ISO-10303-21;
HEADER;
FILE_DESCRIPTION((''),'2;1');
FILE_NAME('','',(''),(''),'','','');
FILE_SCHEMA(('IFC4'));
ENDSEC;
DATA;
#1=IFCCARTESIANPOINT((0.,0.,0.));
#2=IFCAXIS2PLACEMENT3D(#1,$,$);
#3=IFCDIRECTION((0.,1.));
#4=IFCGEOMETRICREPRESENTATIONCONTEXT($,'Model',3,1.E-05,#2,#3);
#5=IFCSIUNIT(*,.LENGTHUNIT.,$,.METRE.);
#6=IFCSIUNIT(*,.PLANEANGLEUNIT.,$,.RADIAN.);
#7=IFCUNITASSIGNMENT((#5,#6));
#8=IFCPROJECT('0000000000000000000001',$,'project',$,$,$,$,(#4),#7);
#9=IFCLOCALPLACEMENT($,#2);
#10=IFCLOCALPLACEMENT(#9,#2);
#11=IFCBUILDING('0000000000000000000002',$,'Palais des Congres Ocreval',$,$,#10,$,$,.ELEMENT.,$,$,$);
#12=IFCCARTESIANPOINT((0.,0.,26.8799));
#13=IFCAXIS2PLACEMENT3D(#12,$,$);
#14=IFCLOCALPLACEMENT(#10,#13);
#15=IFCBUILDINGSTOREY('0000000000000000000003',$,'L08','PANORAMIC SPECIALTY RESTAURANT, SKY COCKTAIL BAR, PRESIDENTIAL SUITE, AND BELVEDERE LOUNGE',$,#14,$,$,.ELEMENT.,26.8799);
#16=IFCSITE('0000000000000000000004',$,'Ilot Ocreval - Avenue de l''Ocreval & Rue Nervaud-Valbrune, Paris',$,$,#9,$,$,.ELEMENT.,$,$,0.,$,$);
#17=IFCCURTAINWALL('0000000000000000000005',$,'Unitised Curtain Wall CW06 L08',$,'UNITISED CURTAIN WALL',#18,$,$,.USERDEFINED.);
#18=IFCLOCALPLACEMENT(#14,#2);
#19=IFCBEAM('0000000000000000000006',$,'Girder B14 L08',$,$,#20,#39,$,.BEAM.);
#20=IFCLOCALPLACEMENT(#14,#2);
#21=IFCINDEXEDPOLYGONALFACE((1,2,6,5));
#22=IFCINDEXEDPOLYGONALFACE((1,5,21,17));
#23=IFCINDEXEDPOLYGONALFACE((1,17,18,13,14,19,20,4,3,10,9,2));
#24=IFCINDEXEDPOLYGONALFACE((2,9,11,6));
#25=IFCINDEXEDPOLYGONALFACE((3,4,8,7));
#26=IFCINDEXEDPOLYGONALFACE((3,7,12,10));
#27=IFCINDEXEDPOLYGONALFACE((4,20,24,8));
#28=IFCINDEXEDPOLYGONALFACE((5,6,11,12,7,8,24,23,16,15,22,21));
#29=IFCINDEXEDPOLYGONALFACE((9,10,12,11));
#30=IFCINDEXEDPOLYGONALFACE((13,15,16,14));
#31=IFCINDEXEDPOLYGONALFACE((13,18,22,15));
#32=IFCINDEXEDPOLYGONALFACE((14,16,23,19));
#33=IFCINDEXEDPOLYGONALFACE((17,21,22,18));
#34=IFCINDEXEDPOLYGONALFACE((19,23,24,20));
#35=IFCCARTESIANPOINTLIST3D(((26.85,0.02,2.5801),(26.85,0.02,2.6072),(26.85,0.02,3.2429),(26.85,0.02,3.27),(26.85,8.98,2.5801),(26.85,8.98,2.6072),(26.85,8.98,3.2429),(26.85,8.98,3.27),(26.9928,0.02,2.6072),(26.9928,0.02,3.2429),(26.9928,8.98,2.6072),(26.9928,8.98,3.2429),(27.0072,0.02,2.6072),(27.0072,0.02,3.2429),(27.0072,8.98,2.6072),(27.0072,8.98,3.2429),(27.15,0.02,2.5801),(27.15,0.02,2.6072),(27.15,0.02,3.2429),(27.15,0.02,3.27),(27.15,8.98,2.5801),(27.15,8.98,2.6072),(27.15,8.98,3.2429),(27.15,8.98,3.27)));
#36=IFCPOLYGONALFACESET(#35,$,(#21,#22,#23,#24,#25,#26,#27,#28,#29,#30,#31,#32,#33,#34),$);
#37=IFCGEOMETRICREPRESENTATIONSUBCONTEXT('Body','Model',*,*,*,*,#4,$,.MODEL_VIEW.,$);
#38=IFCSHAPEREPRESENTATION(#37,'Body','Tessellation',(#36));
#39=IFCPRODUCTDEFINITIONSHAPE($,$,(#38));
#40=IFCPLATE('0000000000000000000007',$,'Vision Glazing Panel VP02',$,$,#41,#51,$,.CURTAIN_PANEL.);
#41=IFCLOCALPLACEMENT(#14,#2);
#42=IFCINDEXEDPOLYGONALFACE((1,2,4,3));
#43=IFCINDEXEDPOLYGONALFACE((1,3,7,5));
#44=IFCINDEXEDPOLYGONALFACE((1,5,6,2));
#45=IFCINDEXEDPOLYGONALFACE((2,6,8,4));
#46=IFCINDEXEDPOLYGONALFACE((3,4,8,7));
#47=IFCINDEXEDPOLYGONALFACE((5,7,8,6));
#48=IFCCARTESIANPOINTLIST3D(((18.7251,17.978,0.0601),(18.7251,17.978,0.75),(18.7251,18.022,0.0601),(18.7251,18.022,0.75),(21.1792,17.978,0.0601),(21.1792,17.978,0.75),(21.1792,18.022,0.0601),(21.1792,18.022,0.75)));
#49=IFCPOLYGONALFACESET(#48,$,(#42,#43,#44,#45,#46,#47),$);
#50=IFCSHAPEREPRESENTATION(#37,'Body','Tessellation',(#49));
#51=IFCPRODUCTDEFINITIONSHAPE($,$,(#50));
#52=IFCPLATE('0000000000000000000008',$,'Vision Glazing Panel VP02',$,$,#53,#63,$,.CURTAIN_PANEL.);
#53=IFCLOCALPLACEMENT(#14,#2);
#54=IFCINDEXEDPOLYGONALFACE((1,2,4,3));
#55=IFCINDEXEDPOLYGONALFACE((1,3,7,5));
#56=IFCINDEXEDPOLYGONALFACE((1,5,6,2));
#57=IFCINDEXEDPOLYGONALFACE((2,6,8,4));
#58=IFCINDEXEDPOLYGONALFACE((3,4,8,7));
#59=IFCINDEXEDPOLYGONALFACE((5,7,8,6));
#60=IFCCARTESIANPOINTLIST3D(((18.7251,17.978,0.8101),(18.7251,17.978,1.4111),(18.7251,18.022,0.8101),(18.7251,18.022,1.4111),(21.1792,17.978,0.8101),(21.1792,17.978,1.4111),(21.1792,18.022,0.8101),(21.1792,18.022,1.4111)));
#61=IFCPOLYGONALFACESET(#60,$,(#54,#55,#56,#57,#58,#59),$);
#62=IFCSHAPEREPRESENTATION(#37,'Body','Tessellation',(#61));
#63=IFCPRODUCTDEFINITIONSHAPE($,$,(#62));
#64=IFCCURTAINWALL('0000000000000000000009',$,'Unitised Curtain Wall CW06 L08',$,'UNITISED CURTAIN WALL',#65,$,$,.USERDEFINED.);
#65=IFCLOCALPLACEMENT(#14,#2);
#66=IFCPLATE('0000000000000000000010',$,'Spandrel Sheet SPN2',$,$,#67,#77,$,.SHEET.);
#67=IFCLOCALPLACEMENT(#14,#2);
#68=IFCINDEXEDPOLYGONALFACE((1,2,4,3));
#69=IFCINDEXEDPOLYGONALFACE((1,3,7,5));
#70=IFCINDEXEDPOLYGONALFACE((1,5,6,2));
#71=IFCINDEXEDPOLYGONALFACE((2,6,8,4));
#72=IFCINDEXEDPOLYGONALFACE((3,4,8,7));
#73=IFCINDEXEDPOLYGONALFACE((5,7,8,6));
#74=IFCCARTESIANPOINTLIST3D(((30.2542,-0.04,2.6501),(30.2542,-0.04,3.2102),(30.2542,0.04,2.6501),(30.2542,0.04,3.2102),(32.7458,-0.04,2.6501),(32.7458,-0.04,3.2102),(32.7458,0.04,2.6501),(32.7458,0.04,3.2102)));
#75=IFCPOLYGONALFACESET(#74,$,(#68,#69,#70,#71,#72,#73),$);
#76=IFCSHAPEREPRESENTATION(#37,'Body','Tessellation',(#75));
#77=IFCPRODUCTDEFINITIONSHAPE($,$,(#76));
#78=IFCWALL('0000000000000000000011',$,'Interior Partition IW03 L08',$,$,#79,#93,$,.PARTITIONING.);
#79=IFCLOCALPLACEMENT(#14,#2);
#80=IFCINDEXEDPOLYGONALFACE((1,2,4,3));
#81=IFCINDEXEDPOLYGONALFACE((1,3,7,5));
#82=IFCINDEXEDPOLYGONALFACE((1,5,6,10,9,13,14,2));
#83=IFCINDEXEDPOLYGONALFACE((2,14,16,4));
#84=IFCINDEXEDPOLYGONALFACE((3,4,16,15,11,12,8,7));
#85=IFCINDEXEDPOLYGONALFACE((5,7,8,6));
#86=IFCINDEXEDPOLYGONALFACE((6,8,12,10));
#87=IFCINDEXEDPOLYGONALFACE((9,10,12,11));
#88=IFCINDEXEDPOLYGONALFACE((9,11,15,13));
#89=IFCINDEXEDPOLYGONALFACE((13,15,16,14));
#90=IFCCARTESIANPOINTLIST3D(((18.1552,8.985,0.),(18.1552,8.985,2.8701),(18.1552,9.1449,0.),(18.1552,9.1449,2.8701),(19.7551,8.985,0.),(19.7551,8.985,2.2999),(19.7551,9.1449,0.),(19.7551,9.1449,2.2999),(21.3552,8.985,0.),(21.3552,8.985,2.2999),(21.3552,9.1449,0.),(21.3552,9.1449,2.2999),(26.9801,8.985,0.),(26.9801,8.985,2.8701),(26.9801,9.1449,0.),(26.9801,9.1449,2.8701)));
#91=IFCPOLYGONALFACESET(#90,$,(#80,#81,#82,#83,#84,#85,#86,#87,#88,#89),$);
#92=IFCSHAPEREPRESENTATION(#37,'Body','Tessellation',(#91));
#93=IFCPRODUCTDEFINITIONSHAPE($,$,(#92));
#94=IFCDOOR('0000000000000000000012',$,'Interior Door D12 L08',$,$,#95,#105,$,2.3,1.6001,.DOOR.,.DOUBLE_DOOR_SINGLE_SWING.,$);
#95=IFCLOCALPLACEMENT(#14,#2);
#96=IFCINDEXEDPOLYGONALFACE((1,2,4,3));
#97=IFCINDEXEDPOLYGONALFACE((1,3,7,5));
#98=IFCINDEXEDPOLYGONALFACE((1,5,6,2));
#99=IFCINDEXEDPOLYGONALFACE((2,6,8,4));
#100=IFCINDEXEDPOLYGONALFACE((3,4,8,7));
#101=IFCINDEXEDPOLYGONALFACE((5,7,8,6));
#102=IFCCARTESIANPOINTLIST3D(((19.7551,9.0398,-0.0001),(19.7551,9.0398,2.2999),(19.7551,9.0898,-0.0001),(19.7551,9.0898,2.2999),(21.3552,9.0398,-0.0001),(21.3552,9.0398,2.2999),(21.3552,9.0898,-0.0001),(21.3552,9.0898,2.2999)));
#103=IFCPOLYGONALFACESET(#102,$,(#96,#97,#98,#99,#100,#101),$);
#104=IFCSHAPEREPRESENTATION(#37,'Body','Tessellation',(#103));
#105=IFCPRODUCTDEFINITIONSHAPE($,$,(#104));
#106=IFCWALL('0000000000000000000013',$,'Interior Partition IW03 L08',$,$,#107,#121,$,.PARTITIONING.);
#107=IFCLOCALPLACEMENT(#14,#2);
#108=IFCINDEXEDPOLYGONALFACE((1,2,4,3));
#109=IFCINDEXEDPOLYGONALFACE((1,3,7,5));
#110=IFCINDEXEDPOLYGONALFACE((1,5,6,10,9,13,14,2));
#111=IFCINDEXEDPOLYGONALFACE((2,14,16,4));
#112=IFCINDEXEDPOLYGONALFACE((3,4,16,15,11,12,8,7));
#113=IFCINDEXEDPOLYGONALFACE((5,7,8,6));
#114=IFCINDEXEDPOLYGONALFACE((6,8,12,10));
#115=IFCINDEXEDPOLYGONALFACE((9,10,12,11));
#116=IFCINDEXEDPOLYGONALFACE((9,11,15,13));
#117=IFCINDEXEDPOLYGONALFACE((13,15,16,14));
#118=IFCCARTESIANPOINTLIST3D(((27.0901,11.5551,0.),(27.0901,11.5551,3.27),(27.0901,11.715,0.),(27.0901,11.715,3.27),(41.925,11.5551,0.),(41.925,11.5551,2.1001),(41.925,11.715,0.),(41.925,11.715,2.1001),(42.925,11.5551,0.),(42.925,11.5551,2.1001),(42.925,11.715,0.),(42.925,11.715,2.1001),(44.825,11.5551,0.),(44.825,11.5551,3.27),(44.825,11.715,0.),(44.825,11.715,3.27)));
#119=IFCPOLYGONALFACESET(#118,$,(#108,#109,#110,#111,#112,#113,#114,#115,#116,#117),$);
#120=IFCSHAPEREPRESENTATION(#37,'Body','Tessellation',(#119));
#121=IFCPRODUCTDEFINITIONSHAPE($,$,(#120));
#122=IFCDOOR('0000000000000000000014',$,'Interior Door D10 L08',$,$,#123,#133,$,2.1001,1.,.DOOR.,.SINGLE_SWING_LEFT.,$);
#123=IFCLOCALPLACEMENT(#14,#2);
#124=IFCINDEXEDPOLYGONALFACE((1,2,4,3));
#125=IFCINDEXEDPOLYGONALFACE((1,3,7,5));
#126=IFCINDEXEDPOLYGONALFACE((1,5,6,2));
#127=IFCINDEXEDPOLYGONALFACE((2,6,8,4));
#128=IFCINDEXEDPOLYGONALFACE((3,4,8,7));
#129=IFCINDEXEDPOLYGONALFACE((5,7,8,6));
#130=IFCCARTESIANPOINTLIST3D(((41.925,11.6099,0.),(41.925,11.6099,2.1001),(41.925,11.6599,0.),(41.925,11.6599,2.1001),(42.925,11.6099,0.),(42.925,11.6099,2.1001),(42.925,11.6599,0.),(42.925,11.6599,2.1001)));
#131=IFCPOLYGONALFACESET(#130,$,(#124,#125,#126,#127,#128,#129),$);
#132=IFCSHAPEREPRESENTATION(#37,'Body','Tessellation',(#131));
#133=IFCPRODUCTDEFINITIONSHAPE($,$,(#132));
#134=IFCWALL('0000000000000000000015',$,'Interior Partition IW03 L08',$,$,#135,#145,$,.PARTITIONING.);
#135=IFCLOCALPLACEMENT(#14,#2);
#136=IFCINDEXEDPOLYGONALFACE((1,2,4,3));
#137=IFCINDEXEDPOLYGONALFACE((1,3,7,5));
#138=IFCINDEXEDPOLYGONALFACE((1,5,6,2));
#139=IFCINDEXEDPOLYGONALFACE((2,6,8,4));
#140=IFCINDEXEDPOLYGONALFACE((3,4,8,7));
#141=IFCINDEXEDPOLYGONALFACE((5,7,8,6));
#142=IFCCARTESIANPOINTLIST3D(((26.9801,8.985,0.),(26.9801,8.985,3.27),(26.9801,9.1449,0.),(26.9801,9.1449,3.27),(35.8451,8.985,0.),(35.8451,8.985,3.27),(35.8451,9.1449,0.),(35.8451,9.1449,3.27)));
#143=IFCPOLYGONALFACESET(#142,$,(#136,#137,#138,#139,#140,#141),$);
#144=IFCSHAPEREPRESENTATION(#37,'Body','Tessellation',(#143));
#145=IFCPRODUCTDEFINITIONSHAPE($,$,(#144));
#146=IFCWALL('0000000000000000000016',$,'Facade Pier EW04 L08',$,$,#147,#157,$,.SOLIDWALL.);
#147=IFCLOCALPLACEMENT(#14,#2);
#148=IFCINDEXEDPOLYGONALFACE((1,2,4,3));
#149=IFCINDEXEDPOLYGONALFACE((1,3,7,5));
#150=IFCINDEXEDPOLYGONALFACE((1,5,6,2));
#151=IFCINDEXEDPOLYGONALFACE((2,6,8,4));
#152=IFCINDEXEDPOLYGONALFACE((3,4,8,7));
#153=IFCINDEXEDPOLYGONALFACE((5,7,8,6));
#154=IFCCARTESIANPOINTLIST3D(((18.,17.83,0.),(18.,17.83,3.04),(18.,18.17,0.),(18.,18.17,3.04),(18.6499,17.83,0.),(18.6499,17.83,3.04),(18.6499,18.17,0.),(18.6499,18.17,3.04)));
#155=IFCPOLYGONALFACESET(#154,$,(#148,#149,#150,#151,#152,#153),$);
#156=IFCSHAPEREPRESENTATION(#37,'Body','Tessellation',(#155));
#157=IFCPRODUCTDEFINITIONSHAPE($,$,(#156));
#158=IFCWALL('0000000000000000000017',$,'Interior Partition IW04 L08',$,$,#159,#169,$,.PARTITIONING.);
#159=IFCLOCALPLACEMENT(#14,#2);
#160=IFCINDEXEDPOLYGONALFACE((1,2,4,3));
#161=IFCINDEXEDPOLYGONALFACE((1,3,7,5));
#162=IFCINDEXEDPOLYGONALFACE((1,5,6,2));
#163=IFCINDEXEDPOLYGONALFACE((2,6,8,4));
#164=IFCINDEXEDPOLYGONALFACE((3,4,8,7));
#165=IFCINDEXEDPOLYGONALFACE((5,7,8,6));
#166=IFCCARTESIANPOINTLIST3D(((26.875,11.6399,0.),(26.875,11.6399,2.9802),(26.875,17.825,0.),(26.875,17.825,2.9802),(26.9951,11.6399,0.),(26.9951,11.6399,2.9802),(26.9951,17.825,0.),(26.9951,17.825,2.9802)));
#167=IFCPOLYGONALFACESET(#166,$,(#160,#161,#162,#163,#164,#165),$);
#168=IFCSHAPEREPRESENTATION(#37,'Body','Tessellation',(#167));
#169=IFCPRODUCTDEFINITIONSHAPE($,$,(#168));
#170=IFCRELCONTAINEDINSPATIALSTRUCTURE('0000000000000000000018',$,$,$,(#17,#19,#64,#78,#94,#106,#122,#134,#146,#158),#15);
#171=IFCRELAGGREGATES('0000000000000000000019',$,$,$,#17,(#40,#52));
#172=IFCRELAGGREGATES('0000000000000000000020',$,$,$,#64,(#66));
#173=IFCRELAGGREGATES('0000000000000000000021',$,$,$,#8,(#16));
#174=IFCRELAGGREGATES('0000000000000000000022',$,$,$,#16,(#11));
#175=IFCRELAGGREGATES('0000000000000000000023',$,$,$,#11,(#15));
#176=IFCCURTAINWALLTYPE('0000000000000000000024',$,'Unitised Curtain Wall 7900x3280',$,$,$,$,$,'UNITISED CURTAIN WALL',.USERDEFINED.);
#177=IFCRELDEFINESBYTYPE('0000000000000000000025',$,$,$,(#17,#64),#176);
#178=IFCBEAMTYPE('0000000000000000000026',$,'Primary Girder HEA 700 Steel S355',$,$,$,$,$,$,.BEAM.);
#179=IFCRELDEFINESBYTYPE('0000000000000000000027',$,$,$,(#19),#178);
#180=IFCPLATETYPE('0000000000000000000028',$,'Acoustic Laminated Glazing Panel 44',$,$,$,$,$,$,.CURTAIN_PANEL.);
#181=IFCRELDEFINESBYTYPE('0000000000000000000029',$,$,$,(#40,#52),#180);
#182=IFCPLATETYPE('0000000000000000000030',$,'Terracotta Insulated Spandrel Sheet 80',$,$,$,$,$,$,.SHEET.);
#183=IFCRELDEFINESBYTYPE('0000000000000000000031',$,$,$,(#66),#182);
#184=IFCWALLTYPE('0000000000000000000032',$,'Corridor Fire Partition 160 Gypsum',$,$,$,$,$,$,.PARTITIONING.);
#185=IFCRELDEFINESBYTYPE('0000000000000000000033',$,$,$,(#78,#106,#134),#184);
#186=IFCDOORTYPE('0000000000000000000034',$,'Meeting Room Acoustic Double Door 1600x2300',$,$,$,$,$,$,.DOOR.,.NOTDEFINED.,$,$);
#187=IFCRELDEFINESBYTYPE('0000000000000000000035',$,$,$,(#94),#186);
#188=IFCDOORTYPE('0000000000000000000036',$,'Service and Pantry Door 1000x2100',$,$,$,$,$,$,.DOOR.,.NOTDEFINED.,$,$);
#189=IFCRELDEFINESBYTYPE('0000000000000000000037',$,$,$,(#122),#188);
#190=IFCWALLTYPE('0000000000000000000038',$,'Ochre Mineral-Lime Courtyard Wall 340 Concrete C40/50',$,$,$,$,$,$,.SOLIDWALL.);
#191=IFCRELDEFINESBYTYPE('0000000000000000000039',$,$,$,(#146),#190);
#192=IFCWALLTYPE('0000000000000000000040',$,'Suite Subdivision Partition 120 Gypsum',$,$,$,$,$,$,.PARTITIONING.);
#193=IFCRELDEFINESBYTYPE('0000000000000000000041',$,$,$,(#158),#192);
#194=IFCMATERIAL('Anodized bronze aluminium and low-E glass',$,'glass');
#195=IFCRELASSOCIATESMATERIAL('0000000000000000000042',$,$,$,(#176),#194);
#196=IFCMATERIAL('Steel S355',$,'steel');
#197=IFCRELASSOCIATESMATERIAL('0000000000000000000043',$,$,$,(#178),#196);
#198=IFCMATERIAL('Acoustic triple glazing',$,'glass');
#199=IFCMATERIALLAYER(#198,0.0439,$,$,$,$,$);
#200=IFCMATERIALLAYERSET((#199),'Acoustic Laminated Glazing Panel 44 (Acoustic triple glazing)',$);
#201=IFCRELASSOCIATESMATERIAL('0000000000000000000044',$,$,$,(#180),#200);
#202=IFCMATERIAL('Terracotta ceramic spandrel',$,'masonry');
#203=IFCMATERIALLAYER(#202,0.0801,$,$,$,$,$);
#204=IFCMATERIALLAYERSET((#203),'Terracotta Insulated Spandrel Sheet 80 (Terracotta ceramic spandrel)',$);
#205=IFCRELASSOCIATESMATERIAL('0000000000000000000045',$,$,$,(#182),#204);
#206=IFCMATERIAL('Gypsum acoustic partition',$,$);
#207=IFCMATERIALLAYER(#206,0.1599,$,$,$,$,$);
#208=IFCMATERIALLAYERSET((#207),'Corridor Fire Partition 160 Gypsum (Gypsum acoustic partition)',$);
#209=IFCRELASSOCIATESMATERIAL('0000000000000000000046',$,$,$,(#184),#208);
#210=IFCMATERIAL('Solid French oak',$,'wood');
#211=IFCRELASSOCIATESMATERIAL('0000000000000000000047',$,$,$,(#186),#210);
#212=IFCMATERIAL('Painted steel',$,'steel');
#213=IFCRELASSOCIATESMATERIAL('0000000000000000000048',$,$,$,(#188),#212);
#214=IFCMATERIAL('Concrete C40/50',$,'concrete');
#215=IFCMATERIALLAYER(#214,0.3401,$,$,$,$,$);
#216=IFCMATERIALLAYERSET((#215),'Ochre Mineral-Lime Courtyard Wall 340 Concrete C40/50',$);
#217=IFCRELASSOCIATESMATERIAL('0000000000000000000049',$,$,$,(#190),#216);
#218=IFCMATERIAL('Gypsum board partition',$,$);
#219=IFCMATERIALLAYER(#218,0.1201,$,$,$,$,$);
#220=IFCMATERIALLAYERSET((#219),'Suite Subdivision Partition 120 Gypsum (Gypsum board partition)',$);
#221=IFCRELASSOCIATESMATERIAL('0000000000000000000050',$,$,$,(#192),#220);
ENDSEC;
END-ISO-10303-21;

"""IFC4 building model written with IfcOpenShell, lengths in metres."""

from ifc_helpers import new_model, si_unit, direction, frame, frame_2d, origin, origin_2d, place, context, subcontext, project, spatial, rectangle, i_section, extrude, material, layer, layer_set, material_profile, profile_set, type_object, element, fill, aggregate, save


model = new_model("IFC4")

# Units and contexts
model_context = context("Model", 3, precision=1e-05, world=origin(), true_north=direction((0.0, 1.0)))
body_context = subcontext(model_context, "Body", "Model", "MODEL_VIEW")
ifc_project = project(units=[si_unit("LENGTHUNIT", "METRE"), si_unit("PLANEANGLEUNIT", "RADIAN")], contexts=[model_context])

# Site, building, storey
site_placement = place(None, origin())
site = spatial("IfcSite", under=ifc_project, at=site_placement, Name="Ilot Ocreval - Avenue de l'Ocreval & Rue Nervaud-Valbrune, Paris", CompositionType="ELEMENT", RefElevation=0.0)
building_placement = place(site_placement, origin())
building = spatial("IfcBuilding", under=site, at=building_placement, Name="Palais des Congres Ocreval", CompositionType="ELEMENT")
storey_placement = place(building_placement, frame((0.0, 0.0, 26.8799)))
storey = spatial("IfcBuildingStorey", under=building, at=storey_placement, Name="L08", Description="PANORAMIC SPECIALTY RESTAURANT, SKY COCKTAIL BAR, PRESIDENTIAL SUITE, AND BELVEDERE LOUNGE", CompositionType="ELEMENT", Elevation=26.8799)

# Shared definitions
ifc_material_1 = material(Name="Steel S355", Category="steel")

# Curtain wall
ifc_material_2 = material(Name="Anodized bronze aluminium and low-E glass", Category="glass")
curtain_wall_type = type_object("IfcCurtainWallType", Name="Unitised Curtain Wall 7900x3280", ElementType="UNITISED CURTAIN WALL", PredefinedType="USERDEFINED", material=ifc_material_2)
curtain_wall_1_placement = place(storey_placement, origin())
curtain_wall_1 = element("IfcCurtainWall", 1, at=curtain_wall_1_placement, inside=storey, type_object=curtain_wall_type, Name="Unitised Curtain Wall CW06 L08", ObjectType="UNITISED CURTAIN WALL", PredefinedType="USERDEFINED")

# Beam
ifc_material_profile_1 = material_profile(ifc_material_1, i_section(OverallWidth=0.3, OverallDepth=0.6899, WebThickness=0.0144, FlangeThickness=0.0271, at=origin_2d()), Name="HEA 700")
ifc_profile_set_1 = profile_set([ifc_material_profile_1], Name="Steel S355")
beam_type_1 = type_object("IfcBeamType", Name="Primary Girder HEA 700 Steel S355", PredefinedType="BEAM", material=ifc_profile_set_1)
beam_1_placement = place(storey_placement, frame((27.0, 0.02, 2.925), z_axis=(0.0, 1.0, 0.0), x_axis=(-1.0, 0.0, 0.0)))
element("IfcBeam", 2, at=beam_1_placement, inside=storey, type_object=beam_type_1, Name="Girder B14 L08", PredefinedType="BEAM", context=body_context, shape_type="SweptSolid", body=[
    extrude(i_section(OverallWidth=0.3, OverallDepth=0.6899, WebThickness=0.0144, FlangeThickness=0.0271, at=origin_2d()), origin(), (0.0, 0.0, 1.0), 8.96),
])

# Plates
ifc_material_3 = material(Name="Acoustic triple glazing", Category="glass")
ifc_layer_1 = layer(ifc_material_3, 0.0439)
ifc_layer_set_1 = layer_set([ifc_layer_1], Name="Acoustic Laminated Glazing Panel 44 (Acoustic triple glazing)")
plate_type_1 = type_object("IfcPlateType", Name="Acoustic Laminated Glazing Panel 44", PredefinedType="CURTAIN_PANEL", material=ifc_layer_set_1)
plate_1_placement = place(storey_placement, frame((19.9521, 18.0, 0.0601), z_axis=(0.0, 0.0, 1.0), x_axis=(1.0, 0.0, 0.0)))
plate_1 = element("IfcPlate", 3, at=plate_1_placement, type_object=plate_type_1, Name="Vision Glazing Panel VP02", PredefinedType="CURTAIN_PANEL", context=body_context, shape_type="SweptSolid", body=[
    extrude(rectangle(XDim=2.4541, YDim=0.0439, at=origin_2d()), origin(), (0.0, 0.0, 1.0), 0.6899),
])
plate_2_placement = place(storey_placement, frame((19.9521, 18.0, 0.8101), z_axis=(0.0, 0.0, 1.0), x_axis=(1.0, 0.0, 0.0)))
plate_2 = element("IfcPlate", 4, at=plate_2_placement, type_object=plate_type_1, Name="Vision Glazing Panel VP02", PredefinedType="CURTAIN_PANEL", context=body_context, shape_type="SweptSolid", body=[
    extrude(rectangle(XDim=2.4541, YDim=0.0439, at=origin_2d()), origin(), (0.0, 0.0, 1.0), 0.6011),
])
aggregate(curtain_wall_1, [plate_1, plate_2])

# Curtain wall, plate
curtain_wall_2_placement = place(storey_placement, origin())
curtain_wall_2 = element("IfcCurtainWall", 5, at=curtain_wall_2_placement, inside=storey, type_object=curtain_wall_type, Name="Unitised Curtain Wall CW06 L08", ObjectType="UNITISED CURTAIN WALL", PredefinedType="USERDEFINED")
ifc_material_4 = material(Name="Terracotta ceramic spandrel", Category="masonry")
ifc_layer_2 = layer(ifc_material_4, 0.0801)
ifc_layer_set_2 = layer_set([ifc_layer_2], Name="Terracotta Insulated Spandrel Sheet 80 (Terracotta ceramic spandrel)")
plate_type_2 = type_object("IfcPlateType", Name="Terracotta Insulated Spandrel Sheet 80", PredefinedType="SHEET", material=ifc_layer_set_2)
plate_3_placement = place(storey_placement, frame((31.5, 0.0, 2.6501), z_axis=(0.0, 0.0, 1.0), x_axis=(-1.0, 0.0, 0.0)))
plate_3 = element("IfcPlate", 6, at=plate_3_placement, type_object=plate_type_2, Name="Spandrel Sheet SPN2", PredefinedType="SHEET", context=body_context, shape_type="SweptSolid", body=[
    extrude(rectangle(XDim=2.4917, YDim=0.0801, at=origin_2d()), origin(), (0.0, 0.0, 1.0), 0.5601),
])
aggregate(curtain_wall_2, [plate_3])

# Walls, openings, doors
ifc_material_5 = material(Name="Gypsum acoustic partition")
ifc_layer_3 = layer(ifc_material_5, 0.1599)
ifc_layer_set_3 = layer_set([ifc_layer_3], Name="Corridor Fire Partition 160 Gypsum (Gypsum acoustic partition)")
wall_type_1 = type_object("IfcWallType", Name="Corridor Fire Partition 160 Gypsum", PredefinedType="PARTITIONING", material=ifc_layer_set_3)
wall_1_placement = place(storey_placement, frame((18.155, 9.0649, 0.0), z_axis=(0.0, 0.0, 1.0), x_axis=(1.0, 0.0, 0.0)))
wall_1 = element("IfcWall", 7, at=wall_1_placement, inside=storey, type_object=wall_type_1, Name="Interior Partition IW03 L08", PredefinedType="PARTITIONING", context=body_context, shape_type="SweptSolid", body=[
    extrude(rectangle(XDim=8.825, YDim=0.1599, at=frame_2d((4.4126, 0.0))), origin(), (0.0, 0.0, 1.0), 2.8701),
])
opening_1_placement = place(wall_1_placement, frame((1.6001, 0.0, 0.0)))
opening_1 = element("IfcOpeningElement", 8, at=opening_1_placement, cuts=wall_1, PredefinedType="OPENING", context=body_context, shape_type="SweptSolid", body=[
    extrude(rectangle(XDim=1.6001, YDim=2.3, at=frame_2d((0.8, 1.1499))), frame((0.0, 0.0898, 0.0), z_axis=(0.0, -1.0, 0.0), x_axis=(1.0, 0.0, 0.0)), (0.0, 0.0, 1.0), 0.1799),
])
ifc_material_6 = material(Name="Solid French oak", Category="wood")
door_type_1 = type_object("IfcDoorType", Name="Meeting Room Acoustic Double Door 1600x2300", OperationType="NOTDEFINED", PredefinedType="DOOR", material=ifc_material_6)
door_1_placement = place(opening_1_placement, origin())
door_1 = element("IfcDoor", 9, at=door_1_placement, inside=storey, type_object=door_type_1, Name="Interior Door D12 L08", OperationType="DOUBLE_DOOR_SINGLE_SWING", OverallHeight=2.3, OverallWidth=1.6001, PredefinedType="DOOR", context=body_context, shape_type="SweptSolid", body=[
    extrude(rectangle(XDim=1.6001, YDim=2.3, at=frame_2d((0.8, 1.1499))), frame((0.0, 0.0249, 0.0), z_axis=(0.0, -1.0, 0.0), x_axis=(1.0, 0.0, 0.0)), (0.0, 0.0, 1.0), 0.05),
])
fill(opening_1, door_1)
wall_2_placement = place(storey_placement, frame((27.0901, 11.635, 0.0), z_axis=(0.0, 0.0, 1.0), x_axis=(1.0, 0.0, 0.0)))
wall_2 = element("IfcWall", 10, at=wall_2_placement, inside=storey, type_object=wall_type_1, Name="Interior Partition IW03 L08", PredefinedType="PARTITIONING", context=body_context, shape_type="SweptSolid", body=[
    extrude(rectangle(XDim=17.7349, YDim=0.1599, at=frame_2d((8.8674, 0.0))), origin(), (0.0, 0.0, 1.0), 3.27),
])
opening_2_placement = place(wall_2_placement, frame((14.835, 0.0, 0.0)))
opening_2 = element("IfcOpeningElement", 11, at=opening_2_placement, cuts=wall_2, PredefinedType="OPENING", context=body_context, shape_type="SweptSolid", body=[
    extrude(rectangle(XDim=1.0, YDim=2.1001, at=frame_2d((0.5, 1.05))), frame((0.0, 0.0898, 0.0), z_axis=(0.0, -1.0, 0.0), x_axis=(1.0, 0.0, 0.0)), (0.0, 0.0, 1.0), 0.1799),
])
ifc_material_7 = material(Name="Painted steel", Category="steel")
door_type_2 = type_object("IfcDoorType", Name="Service and Pantry Door 1000x2100", OperationType="NOTDEFINED", PredefinedType="DOOR", material=ifc_material_7)
door_2_placement = place(opening_2_placement, origin())
door_2 = element("IfcDoor", 12, at=door_2_placement, inside=storey, type_object=door_type_2, Name="Interior Door D10 L08", OperationType="SINGLE_SWING_LEFT", OverallHeight=2.1001, OverallWidth=1.0, PredefinedType="DOOR", context=body_context, shape_type="SweptSolid", body=[
    extrude(rectangle(XDim=1.0, YDim=2.1001, at=frame_2d((0.5, 1.05))), frame((0.0, 0.0249, 0.0), z_axis=(0.0, -1.0, 0.0), x_axis=(1.0, 0.0, 0.0)), (0.0, 0.0, 1.0), 0.05),
])
fill(opening_2, door_2)

# Walls
wall_3_placement = place(storey_placement, frame((26.98, 9.0649, 0.0), z_axis=(0.0, 0.0, 1.0), x_axis=(1.0, 0.0, 0.0)))
element("IfcWall", 13, at=wall_3_placement, inside=storey, type_object=wall_type_1, Name="Interior Partition IW03 L08", PredefinedType="PARTITIONING", context=body_context, shape_type="SweptSolid", body=[
    extrude(rectangle(XDim=8.865, YDim=0.1599, at=frame_2d((4.4326, 0.0))), origin(), (0.0, 0.0, 1.0), 3.27),
])
ifc_material_8 = material(Name="Concrete C40/50", Category="concrete")
ifc_layer_4 = layer(ifc_material_8, 0.3401)
ifc_layer_set_4 = layer_set([ifc_layer_4], Name="Ochre Mineral-Lime Courtyard Wall 340 Concrete C40/50")
wall_type_2 = type_object("IfcWallType", Name="Ochre Mineral-Lime Courtyard Wall 340 Concrete C40/50", PredefinedType="SOLIDWALL", material=ifc_layer_set_4)
wall_4_placement = place(storey_placement, frame((18.0, 18.0, 0.0), z_axis=(0.0, 0.0, 1.0), x_axis=(1.0, 0.0, 0.0)))
element("IfcWall", 14, at=wall_4_placement, inside=storey, type_object=wall_type_2, Name="Facade Pier EW04 L08", PredefinedType="SOLIDWALL", context=body_context, shape_type="SweptSolid", body=[
    extrude(rectangle(XDim=0.6499, YDim=0.3401, at=frame_2d((0.325, 0.0))), origin(), (0.0, 0.0, 1.0), 3.04),
])
ifc_material_9 = material(Name="Gypsum board partition")
ifc_layer_5 = layer(ifc_material_9, 0.1201)
ifc_layer_set_5 = layer_set([ifc_layer_5], Name="Suite Subdivision Partition 120 Gypsum (Gypsum board partition)")
wall_type_3 = type_object("IfcWallType", Name="Suite Subdivision Partition 120 Gypsum", PredefinedType="PARTITIONING", material=ifc_layer_set_5)
wall_5_placement = place(storey_placement, frame((26.9351, 11.6399, 0.0), z_axis=(0.0, 0.0, 1.0), x_axis=(0.0, 1.0, 0.0)))
element("IfcWall", 15, at=wall_5_placement, inside=storey, type_object=wall_type_3, Name="Interior Partition IW04 L08", PredefinedType="PARTITIONING", context=body_context, shape_type="SweptSolid", body=[
    extrude(rectangle(XDim=6.1851, YDim=0.1201, at=frame_2d((3.0925, 0.0))), origin(), (0.0, 0.0, 1.0), 2.9802),
])

save(model, "model.ifc")
